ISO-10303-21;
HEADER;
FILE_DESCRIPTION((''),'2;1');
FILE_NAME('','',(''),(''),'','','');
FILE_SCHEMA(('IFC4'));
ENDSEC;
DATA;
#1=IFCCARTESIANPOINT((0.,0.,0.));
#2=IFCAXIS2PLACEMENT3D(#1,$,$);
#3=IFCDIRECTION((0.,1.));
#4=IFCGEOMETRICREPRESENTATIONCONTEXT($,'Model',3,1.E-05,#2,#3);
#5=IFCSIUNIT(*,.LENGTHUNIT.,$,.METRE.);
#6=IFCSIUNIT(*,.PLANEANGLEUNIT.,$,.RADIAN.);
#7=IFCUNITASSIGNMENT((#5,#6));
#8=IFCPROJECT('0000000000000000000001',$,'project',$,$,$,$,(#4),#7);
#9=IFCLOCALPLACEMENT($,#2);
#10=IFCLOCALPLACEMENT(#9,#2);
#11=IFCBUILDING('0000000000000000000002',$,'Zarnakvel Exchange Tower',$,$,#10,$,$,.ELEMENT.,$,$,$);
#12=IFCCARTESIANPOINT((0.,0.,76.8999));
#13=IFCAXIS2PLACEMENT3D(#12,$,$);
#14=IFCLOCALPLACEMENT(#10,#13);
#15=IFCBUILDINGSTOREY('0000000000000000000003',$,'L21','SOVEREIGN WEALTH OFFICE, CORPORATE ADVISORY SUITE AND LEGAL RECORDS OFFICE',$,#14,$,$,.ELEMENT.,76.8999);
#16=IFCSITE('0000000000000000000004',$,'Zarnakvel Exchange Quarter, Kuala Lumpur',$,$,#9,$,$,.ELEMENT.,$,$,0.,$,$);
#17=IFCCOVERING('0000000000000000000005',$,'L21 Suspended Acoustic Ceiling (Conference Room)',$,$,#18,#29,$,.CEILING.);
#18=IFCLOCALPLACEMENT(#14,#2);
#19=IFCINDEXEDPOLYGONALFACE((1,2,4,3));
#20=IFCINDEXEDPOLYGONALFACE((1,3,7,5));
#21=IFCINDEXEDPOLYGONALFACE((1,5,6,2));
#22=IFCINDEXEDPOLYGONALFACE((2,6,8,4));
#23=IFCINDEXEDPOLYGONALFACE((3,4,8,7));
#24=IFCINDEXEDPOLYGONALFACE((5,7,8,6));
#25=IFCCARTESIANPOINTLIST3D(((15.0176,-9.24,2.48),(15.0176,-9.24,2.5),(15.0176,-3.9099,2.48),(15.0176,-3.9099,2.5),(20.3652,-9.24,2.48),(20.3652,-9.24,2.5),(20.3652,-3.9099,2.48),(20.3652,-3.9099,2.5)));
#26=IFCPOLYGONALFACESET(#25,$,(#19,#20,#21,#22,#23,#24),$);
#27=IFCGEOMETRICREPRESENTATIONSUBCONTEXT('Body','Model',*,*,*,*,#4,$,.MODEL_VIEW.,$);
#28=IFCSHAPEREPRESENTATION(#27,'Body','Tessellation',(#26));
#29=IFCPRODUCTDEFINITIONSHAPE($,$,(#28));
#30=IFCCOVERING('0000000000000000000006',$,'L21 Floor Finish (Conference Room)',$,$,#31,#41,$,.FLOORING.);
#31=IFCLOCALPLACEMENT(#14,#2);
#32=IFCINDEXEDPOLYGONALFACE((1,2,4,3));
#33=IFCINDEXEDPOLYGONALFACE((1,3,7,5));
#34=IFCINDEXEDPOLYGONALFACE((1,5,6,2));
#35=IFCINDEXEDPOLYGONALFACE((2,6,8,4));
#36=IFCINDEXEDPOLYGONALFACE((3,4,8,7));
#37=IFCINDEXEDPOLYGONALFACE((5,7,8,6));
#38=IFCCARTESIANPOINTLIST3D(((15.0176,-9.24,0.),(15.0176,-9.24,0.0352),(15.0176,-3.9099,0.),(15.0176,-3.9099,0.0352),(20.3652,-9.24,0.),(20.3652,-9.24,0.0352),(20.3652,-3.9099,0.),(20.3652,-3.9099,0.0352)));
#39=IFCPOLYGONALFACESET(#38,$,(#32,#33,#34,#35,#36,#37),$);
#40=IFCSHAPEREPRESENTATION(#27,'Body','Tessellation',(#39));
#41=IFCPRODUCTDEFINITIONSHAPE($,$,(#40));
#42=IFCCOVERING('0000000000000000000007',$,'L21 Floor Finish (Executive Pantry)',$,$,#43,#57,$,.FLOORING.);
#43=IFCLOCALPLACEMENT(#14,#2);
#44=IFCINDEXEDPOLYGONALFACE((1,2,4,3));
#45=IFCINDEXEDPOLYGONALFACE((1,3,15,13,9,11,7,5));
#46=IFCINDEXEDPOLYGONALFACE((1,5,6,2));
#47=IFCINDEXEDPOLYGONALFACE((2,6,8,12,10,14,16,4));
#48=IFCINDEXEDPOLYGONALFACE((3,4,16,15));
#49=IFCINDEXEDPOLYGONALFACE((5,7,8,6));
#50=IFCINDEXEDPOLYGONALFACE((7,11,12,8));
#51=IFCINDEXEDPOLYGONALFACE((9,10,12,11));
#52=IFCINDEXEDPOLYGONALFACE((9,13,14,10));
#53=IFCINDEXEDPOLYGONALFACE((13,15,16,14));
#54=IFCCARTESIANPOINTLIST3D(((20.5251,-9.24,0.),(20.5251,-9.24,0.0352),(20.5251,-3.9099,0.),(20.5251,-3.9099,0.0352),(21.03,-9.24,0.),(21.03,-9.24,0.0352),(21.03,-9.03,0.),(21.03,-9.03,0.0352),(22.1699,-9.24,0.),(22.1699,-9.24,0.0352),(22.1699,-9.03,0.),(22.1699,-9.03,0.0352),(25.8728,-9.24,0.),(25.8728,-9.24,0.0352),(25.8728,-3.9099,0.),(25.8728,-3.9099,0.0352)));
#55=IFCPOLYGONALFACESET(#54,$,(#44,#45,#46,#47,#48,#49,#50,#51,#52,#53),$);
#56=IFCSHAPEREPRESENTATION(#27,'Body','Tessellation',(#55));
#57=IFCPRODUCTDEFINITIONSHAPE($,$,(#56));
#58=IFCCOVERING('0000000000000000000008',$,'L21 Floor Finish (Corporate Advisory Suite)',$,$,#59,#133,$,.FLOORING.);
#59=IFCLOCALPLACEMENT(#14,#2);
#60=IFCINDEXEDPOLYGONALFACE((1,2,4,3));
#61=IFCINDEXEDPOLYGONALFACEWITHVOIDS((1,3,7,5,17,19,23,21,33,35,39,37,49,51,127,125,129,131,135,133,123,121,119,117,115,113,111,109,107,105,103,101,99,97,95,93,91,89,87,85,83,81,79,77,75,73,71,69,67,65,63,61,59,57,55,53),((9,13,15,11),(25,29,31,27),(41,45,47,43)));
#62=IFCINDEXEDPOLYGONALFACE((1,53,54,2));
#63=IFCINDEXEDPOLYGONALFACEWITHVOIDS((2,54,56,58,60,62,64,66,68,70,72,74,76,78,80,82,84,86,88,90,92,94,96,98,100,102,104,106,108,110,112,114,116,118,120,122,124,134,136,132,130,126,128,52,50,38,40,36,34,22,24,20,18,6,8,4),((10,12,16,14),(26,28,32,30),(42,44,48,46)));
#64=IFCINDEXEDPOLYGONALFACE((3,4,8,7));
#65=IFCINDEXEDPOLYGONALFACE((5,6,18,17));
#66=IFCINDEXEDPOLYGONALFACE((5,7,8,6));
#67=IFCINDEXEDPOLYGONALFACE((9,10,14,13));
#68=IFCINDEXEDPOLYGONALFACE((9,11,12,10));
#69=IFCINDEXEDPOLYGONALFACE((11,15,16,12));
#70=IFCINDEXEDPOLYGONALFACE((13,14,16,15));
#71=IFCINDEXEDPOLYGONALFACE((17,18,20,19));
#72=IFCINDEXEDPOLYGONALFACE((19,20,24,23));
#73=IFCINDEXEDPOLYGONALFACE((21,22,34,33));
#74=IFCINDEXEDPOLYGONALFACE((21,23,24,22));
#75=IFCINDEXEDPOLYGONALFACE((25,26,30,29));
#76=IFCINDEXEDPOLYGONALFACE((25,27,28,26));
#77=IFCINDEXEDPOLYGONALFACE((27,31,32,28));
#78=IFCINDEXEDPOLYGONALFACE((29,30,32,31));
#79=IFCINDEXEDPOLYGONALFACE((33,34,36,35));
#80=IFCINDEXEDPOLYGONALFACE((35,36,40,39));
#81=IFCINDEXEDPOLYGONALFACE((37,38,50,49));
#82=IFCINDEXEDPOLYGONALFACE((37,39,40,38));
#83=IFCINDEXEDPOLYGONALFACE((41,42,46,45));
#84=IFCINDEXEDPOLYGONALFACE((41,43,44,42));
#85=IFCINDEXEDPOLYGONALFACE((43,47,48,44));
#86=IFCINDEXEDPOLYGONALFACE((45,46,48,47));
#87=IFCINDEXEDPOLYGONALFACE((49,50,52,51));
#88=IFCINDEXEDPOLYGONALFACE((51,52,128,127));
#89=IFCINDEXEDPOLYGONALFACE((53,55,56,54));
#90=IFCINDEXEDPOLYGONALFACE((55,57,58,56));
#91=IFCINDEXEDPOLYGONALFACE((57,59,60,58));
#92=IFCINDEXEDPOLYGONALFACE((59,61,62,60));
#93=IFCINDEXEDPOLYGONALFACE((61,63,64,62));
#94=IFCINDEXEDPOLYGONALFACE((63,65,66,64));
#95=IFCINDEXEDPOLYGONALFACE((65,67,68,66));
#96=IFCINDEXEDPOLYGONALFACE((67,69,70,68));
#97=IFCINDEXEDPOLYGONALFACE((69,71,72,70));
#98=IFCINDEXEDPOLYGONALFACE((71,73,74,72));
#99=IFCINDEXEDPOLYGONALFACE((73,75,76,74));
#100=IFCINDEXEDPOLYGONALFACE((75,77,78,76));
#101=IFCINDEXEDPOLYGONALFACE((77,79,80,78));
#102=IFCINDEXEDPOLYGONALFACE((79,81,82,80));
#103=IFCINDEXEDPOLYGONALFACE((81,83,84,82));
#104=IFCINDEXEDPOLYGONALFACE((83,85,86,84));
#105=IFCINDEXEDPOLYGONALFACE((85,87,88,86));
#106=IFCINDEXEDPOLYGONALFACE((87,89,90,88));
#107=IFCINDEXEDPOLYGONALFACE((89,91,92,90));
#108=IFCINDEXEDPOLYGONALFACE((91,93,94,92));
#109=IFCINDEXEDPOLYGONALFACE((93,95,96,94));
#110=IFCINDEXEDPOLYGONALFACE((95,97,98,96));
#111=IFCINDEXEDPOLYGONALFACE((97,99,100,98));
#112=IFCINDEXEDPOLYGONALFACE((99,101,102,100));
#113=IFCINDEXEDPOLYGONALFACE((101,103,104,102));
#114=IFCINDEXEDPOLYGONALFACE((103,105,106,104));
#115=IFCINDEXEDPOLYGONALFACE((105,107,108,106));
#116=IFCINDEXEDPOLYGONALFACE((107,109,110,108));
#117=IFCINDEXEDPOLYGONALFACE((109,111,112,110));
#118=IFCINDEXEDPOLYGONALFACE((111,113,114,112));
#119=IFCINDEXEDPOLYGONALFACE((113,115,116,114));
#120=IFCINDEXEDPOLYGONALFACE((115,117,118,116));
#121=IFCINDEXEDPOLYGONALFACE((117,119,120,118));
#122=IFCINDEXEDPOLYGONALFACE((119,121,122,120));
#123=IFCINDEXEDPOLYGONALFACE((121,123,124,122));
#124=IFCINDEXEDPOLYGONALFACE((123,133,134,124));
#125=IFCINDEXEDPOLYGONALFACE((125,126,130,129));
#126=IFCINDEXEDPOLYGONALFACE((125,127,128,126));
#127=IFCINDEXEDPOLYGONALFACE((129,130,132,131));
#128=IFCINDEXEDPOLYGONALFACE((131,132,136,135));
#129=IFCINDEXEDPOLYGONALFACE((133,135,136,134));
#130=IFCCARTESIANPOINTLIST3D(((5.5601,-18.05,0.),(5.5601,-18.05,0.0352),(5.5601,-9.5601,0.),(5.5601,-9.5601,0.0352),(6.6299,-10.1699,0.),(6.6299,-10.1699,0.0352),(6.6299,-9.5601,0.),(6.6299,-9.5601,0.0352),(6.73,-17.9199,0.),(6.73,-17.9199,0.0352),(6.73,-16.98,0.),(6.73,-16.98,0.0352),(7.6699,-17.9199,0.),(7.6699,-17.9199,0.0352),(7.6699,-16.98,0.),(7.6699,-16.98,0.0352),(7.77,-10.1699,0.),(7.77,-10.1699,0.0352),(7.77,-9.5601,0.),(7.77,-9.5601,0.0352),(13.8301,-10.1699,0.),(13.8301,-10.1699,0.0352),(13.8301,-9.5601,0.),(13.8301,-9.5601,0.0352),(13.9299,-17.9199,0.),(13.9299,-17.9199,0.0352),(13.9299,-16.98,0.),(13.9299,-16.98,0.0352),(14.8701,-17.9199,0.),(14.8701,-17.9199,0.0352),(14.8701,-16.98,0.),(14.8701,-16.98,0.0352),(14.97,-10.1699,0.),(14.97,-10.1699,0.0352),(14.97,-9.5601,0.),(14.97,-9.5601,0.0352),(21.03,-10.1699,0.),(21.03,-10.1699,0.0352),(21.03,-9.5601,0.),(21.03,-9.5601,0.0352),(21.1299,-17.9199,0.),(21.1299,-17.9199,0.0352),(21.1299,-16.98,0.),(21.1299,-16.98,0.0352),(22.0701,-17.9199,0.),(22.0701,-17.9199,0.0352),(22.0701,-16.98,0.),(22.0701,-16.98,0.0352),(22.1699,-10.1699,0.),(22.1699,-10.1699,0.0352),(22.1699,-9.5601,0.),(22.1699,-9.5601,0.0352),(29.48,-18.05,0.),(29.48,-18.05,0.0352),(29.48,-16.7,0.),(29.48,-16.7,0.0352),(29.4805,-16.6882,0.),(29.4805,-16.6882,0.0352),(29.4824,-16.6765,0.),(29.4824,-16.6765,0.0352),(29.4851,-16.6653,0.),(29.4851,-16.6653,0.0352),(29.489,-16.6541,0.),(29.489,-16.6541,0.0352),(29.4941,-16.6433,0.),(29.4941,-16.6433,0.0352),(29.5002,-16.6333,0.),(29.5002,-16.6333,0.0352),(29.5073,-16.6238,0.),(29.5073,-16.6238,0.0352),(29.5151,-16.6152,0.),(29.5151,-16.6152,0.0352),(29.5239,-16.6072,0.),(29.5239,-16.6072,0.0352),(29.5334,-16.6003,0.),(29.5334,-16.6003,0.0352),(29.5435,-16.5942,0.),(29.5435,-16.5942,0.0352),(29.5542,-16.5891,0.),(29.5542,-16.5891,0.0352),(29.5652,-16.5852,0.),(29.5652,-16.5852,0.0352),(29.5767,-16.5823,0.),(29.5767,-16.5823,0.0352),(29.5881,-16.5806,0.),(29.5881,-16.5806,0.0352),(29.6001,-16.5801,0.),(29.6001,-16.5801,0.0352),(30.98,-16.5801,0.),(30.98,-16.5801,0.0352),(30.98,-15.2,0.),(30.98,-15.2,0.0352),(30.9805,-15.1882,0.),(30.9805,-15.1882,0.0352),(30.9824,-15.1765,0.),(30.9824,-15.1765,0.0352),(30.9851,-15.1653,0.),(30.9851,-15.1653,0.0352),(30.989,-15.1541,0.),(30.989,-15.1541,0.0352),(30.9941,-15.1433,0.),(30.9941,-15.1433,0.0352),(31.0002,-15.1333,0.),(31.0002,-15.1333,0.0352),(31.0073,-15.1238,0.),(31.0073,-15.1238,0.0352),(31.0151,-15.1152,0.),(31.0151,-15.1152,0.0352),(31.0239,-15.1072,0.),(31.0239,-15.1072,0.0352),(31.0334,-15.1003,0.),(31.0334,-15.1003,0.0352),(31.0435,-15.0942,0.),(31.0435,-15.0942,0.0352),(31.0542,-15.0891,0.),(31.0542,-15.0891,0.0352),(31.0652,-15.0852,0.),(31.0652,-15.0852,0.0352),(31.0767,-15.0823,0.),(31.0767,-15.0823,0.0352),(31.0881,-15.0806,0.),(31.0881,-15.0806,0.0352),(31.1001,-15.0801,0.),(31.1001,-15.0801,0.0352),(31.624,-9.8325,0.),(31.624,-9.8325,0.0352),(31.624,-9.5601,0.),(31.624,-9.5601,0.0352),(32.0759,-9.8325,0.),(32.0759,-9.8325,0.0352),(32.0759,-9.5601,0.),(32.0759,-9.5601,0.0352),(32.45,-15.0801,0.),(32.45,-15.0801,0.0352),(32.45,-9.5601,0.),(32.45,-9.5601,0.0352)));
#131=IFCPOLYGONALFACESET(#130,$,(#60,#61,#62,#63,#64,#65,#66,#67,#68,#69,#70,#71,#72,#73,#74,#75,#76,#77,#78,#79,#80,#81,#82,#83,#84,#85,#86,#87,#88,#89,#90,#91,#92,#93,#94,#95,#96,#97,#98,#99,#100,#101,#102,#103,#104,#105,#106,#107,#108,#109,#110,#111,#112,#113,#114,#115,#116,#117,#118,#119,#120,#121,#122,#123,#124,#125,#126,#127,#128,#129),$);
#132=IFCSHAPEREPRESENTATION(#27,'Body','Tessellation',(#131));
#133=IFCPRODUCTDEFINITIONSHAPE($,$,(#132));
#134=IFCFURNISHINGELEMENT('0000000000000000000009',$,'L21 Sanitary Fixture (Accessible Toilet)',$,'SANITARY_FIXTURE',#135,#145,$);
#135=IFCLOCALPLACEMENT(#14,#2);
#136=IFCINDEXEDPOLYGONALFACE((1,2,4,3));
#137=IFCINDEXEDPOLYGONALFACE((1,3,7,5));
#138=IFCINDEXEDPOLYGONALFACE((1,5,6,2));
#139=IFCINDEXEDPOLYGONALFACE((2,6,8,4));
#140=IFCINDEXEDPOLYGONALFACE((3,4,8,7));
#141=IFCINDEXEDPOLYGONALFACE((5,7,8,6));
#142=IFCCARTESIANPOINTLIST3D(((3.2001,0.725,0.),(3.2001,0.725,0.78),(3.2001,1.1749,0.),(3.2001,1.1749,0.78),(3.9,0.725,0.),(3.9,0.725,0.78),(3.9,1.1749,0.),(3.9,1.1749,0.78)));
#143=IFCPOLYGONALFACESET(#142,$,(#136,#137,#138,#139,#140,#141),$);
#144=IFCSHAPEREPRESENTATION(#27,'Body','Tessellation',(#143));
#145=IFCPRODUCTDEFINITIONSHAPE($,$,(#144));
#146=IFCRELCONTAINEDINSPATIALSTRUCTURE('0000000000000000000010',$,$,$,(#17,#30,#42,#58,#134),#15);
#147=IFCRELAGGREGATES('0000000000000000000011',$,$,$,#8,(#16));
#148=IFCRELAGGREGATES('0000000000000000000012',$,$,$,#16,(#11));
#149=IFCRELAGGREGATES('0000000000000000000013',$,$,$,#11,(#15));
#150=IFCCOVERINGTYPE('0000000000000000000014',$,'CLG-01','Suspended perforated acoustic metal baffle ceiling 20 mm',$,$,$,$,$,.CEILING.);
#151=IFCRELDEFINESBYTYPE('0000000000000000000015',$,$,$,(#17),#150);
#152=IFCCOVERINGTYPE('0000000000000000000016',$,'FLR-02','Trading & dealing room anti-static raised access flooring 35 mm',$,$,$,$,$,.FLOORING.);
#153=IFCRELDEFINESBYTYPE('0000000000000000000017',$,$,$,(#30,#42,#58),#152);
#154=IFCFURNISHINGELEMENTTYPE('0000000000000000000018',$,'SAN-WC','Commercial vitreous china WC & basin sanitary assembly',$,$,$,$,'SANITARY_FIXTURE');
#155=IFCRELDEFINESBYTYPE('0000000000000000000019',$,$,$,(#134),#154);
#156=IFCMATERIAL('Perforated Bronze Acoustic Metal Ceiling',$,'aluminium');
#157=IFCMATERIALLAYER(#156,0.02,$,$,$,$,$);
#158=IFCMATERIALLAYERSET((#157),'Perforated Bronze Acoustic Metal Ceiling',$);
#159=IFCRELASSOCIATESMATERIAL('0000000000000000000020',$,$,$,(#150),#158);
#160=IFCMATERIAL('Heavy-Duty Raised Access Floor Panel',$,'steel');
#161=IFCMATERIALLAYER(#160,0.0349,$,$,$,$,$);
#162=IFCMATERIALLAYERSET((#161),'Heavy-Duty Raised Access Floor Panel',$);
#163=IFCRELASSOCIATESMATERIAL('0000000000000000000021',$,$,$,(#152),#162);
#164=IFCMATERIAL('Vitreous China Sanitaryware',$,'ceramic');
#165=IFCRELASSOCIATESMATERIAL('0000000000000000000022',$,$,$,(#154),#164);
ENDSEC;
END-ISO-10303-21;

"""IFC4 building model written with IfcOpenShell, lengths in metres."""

from ifc_helpers import new_model, si_unit, direction, frame, origin, origin_2d, place, context, subcontext, project, spatial, polyline, rectangle, outline, extrude, source, transform, mapped, material, layer, layer_set, type_object, element, save


model = new_model("IFC4")

# Units and contexts
model_context = context("Model", 3, precision=1e-05, world=origin(), true_north=direction((0.0, 1.0)))
body_context = subcontext(model_context, "Body", "Model", "MODEL_VIEW")
ifc_project = project(units=[si_unit("LENGTHUNIT", "METRE"), si_unit("PLANEANGLEUNIT", "RADIAN")], contexts=[model_context])

# Site, building, storey
site_placement = place(None, origin())
site = spatial("IfcSite", under=ifc_project, at=site_placement, Name="Zarnakvel Exchange Quarter, Kuala Lumpur", CompositionType="ELEMENT", RefElevation=0.0)
building_placement = place(site_placement, origin())
building = spatial("IfcBuilding", under=site, at=building_placement, Name="Zarnakvel Exchange Tower", CompositionType="ELEMENT")
storey_placement = place(building_placement, frame((0.0, 0.0, 76.8999)))
storey = spatial("IfcBuildingStorey", under=building, at=storey_placement, Name="L21", Description="SOVEREIGN WEALTH OFFICE, CORPORATE ADVISORY SUITE AND LEGAL RECORDS OFFICE", CompositionType="ELEMENT", Elevation=76.8999)

# Coverings
ifc_material_1 = material(Name="Perforated Bronze Acoustic Metal Ceiling", Category="aluminium")
ifc_layer_1 = layer(ifc_material_1, 0.02)
ifc_layer_set_1 = layer_set([ifc_layer_1], Name="Perforated Bronze Acoustic Metal Ceiling")
covering_type_1 = type_object("IfcCoveringType", Name="CLG-01", Description="Suspended perforated acoustic metal baffle ceiling 20 mm", PredefinedType="CEILING", material=ifc_layer_set_1)
covering_1_placement = place(storey_placement, frame((0.0, 0.0, 2.48)))
element("IfcCovering", 1, at=covering_1_placement, inside=storey, type_object=covering_type_1, Name="L21 Suspended Acoustic Ceiling (Conference Room)", PredefinedType="CEILING", context=body_context, shape_type="SweptSolid", body=[
    extrude(outline(polyline([(15.0176, -3.9099), (20.3652, -3.9099), (20.3652, -9.24), (15.0176, -9.24), (15.0176, -3.9099)])), origin(), (0.0, 0.0, 1.0), 0.02),
])
ifc_material_2 = material(Name="Heavy-Duty Raised Access Floor Panel", Category="steel")
ifc_layer_2 = layer(ifc_material_2, 0.0349)
ifc_layer_set_2 = layer_set([ifc_layer_2], Name="Heavy-Duty Raised Access Floor Panel")
covering_type_2 = type_object("IfcCoveringType", Name="FLR-02", Description="Trading & dealing room anti-static raised access flooring 35 mm", PredefinedType="FLOORING", material=ifc_layer_set_2)
covering_2_placement = place(storey_placement, origin())
element("IfcCovering", 2, at=covering_2_placement, inside=storey, type_object=covering_type_2, Name="L21 Floor Finish (Conference Room)", PredefinedType="FLOORING", context=body_context, shape_type="SweptSolid", body=[
    extrude(outline(polyline([(15.0176, -3.9099), (20.3652, -3.9099), (20.3652, -9.24), (15.0176, -9.24), (15.0176, -3.9099)])), origin(), (0.0, 0.0, 1.0), 0.0352),
])
covering_3_placement = place(storey_placement, origin())
element("IfcCovering", 3, at=covering_3_placement, inside=storey, type_object=covering_type_2, Name="L21 Floor Finish (Executive Pantry)", PredefinedType="FLOORING", context=body_context, shape_type="SweptSolid", body=[
    extrude(outline(polyline([(20.5251, -3.9099), (25.8728, -3.9099), (25.8728, -9.24), (22.1699, -9.24), (22.1699, -9.03), (21.03, -9.03), (21.03, -9.24), (20.5251, -9.24), (20.5251, -3.9099)])), origin(), (0.0, 0.0, 1.0), 0.0352),
])
covering_4_placement = place(storey_placement, origin())
element("IfcCovering", 4, at=covering_4_placement, inside=storey, type_object=covering_type_2, Name="L21 Floor Finish (Corporate Advisory Suite)", PredefinedType="FLOORING", context=body_context, shape_type="SweptSolid", body=[
    extrude(outline(polyline([(5.5601, -9.5601), (6.6299, -9.5601), (6.6299, -10.1699), (7.77, -10.1699), (7.77, -9.5601), (13.8301, -9.5601), (13.8301, -10.1699), (14.97, -10.1699), (14.97, -9.5601), (21.03, -9.5601), (21.03, -10.1699), (22.1699, -10.1699), (22.1699, -9.5601), (31.624, -9.5601), (31.624, -9.8325), (32.0759, -9.8325), (32.0759, -9.5601), (32.45, -9.5601), (32.45, -15.0801), (31.1001, -15.0801), (31.0881, -15.0806), (31.0767, -15.0823), (31.0652, -15.0852), (31.0542, -15.0891), (31.0435, -15.0942), (31.0334, -15.1003), (31.0239, -15.1072), (31.0151, -15.1152), (31.0073, -15.1238), (31.0002, -15.1333), (30.9941, -15.1433), (30.989, -15.1541), (30.9851, -15.1653), (30.9824, -15.1765), (30.9805, -15.1882), (30.98, -15.2), (30.98, -16.5801), (29.6001, -16.5801), (29.5881, -16.5806), (29.5767, -16.5823), (29.5652, -16.5852), (29.5542, -16.5891), (29.5435, -16.5942), (29.5334, -16.6003), (29.5239, -16.6072), (29.5151, -16.6152), (29.5073, -16.6238), (29.5002, -16.6333), (29.4941, -16.6433), (29.489, -16.6541), (29.4851, -16.6653), (29.4824, -16.6765), (29.4805, -16.6882), (29.48, -16.7), (29.48, -18.05), (5.5601, -18.05), (5.5601, -9.5601)]), holes=[polyline([(22.0701, -17.9199), (22.0701, -16.98), (21.1299, -16.98), (21.1299, -17.9199), (22.0701, -17.9199)]), polyline([(14.8701, -17.9199), (14.8701, -16.98), (13.9299, -16.98), (13.9299, -17.9199), (14.8701, -17.9199)]), polyline([(7.6699, -17.9199), (7.6699, -16.98), (6.73, -16.98), (6.73, -17.9199), (7.6699, -17.9199)])]), origin(), (0.0, 0.0, 1.0), 0.0352),
])

# Furnishing element
ifc_material_3 = material(Name="Vitreous China Sanitaryware", Category="ceramic")
furnishing_element_type = type_object("IfcFurnishingElementType", Name="SAN-WC", Description="Commercial vitreous china WC & basin sanitary assembly", ElementType="SANITARY_FIXTURE", material=ifc_material_3)
shared_shape_1 = source(origin(), body_context, "Body", "SweptSolid", [
    extrude(rectangle(XDim=0.7, YDim=0.45, at=origin_2d()), origin(), (0.0, 0.0, 1.0), 0.78),
])
furnishing_placement = place(storey_placement, frame((3.55, 0.95, 0.0), z_axis=(0.0, 0.0, 1.0), x_axis=(1.0, 0.0, 0.0)))
element("IfcFurnishingElement", 5, at=furnishing_placement, inside=storey, type_object=furnishing_element_type, Name="L21 Sanitary Fixture (Accessible Toilet)", ObjectType="SANITARY_FIXTURE", context=body_context, shape_type="MappedRepresentation", body=[
    mapped(shared_shape_1, transform((0.0, 0.0, 0.0), x_axis=(1.0, 0.0, 0.0), y_axis=(0.0, 1.0, 0.0), z_axis=(0.0, 0.0, 1.0), scale=1.0)),
])

save(model, "model.ifc")
